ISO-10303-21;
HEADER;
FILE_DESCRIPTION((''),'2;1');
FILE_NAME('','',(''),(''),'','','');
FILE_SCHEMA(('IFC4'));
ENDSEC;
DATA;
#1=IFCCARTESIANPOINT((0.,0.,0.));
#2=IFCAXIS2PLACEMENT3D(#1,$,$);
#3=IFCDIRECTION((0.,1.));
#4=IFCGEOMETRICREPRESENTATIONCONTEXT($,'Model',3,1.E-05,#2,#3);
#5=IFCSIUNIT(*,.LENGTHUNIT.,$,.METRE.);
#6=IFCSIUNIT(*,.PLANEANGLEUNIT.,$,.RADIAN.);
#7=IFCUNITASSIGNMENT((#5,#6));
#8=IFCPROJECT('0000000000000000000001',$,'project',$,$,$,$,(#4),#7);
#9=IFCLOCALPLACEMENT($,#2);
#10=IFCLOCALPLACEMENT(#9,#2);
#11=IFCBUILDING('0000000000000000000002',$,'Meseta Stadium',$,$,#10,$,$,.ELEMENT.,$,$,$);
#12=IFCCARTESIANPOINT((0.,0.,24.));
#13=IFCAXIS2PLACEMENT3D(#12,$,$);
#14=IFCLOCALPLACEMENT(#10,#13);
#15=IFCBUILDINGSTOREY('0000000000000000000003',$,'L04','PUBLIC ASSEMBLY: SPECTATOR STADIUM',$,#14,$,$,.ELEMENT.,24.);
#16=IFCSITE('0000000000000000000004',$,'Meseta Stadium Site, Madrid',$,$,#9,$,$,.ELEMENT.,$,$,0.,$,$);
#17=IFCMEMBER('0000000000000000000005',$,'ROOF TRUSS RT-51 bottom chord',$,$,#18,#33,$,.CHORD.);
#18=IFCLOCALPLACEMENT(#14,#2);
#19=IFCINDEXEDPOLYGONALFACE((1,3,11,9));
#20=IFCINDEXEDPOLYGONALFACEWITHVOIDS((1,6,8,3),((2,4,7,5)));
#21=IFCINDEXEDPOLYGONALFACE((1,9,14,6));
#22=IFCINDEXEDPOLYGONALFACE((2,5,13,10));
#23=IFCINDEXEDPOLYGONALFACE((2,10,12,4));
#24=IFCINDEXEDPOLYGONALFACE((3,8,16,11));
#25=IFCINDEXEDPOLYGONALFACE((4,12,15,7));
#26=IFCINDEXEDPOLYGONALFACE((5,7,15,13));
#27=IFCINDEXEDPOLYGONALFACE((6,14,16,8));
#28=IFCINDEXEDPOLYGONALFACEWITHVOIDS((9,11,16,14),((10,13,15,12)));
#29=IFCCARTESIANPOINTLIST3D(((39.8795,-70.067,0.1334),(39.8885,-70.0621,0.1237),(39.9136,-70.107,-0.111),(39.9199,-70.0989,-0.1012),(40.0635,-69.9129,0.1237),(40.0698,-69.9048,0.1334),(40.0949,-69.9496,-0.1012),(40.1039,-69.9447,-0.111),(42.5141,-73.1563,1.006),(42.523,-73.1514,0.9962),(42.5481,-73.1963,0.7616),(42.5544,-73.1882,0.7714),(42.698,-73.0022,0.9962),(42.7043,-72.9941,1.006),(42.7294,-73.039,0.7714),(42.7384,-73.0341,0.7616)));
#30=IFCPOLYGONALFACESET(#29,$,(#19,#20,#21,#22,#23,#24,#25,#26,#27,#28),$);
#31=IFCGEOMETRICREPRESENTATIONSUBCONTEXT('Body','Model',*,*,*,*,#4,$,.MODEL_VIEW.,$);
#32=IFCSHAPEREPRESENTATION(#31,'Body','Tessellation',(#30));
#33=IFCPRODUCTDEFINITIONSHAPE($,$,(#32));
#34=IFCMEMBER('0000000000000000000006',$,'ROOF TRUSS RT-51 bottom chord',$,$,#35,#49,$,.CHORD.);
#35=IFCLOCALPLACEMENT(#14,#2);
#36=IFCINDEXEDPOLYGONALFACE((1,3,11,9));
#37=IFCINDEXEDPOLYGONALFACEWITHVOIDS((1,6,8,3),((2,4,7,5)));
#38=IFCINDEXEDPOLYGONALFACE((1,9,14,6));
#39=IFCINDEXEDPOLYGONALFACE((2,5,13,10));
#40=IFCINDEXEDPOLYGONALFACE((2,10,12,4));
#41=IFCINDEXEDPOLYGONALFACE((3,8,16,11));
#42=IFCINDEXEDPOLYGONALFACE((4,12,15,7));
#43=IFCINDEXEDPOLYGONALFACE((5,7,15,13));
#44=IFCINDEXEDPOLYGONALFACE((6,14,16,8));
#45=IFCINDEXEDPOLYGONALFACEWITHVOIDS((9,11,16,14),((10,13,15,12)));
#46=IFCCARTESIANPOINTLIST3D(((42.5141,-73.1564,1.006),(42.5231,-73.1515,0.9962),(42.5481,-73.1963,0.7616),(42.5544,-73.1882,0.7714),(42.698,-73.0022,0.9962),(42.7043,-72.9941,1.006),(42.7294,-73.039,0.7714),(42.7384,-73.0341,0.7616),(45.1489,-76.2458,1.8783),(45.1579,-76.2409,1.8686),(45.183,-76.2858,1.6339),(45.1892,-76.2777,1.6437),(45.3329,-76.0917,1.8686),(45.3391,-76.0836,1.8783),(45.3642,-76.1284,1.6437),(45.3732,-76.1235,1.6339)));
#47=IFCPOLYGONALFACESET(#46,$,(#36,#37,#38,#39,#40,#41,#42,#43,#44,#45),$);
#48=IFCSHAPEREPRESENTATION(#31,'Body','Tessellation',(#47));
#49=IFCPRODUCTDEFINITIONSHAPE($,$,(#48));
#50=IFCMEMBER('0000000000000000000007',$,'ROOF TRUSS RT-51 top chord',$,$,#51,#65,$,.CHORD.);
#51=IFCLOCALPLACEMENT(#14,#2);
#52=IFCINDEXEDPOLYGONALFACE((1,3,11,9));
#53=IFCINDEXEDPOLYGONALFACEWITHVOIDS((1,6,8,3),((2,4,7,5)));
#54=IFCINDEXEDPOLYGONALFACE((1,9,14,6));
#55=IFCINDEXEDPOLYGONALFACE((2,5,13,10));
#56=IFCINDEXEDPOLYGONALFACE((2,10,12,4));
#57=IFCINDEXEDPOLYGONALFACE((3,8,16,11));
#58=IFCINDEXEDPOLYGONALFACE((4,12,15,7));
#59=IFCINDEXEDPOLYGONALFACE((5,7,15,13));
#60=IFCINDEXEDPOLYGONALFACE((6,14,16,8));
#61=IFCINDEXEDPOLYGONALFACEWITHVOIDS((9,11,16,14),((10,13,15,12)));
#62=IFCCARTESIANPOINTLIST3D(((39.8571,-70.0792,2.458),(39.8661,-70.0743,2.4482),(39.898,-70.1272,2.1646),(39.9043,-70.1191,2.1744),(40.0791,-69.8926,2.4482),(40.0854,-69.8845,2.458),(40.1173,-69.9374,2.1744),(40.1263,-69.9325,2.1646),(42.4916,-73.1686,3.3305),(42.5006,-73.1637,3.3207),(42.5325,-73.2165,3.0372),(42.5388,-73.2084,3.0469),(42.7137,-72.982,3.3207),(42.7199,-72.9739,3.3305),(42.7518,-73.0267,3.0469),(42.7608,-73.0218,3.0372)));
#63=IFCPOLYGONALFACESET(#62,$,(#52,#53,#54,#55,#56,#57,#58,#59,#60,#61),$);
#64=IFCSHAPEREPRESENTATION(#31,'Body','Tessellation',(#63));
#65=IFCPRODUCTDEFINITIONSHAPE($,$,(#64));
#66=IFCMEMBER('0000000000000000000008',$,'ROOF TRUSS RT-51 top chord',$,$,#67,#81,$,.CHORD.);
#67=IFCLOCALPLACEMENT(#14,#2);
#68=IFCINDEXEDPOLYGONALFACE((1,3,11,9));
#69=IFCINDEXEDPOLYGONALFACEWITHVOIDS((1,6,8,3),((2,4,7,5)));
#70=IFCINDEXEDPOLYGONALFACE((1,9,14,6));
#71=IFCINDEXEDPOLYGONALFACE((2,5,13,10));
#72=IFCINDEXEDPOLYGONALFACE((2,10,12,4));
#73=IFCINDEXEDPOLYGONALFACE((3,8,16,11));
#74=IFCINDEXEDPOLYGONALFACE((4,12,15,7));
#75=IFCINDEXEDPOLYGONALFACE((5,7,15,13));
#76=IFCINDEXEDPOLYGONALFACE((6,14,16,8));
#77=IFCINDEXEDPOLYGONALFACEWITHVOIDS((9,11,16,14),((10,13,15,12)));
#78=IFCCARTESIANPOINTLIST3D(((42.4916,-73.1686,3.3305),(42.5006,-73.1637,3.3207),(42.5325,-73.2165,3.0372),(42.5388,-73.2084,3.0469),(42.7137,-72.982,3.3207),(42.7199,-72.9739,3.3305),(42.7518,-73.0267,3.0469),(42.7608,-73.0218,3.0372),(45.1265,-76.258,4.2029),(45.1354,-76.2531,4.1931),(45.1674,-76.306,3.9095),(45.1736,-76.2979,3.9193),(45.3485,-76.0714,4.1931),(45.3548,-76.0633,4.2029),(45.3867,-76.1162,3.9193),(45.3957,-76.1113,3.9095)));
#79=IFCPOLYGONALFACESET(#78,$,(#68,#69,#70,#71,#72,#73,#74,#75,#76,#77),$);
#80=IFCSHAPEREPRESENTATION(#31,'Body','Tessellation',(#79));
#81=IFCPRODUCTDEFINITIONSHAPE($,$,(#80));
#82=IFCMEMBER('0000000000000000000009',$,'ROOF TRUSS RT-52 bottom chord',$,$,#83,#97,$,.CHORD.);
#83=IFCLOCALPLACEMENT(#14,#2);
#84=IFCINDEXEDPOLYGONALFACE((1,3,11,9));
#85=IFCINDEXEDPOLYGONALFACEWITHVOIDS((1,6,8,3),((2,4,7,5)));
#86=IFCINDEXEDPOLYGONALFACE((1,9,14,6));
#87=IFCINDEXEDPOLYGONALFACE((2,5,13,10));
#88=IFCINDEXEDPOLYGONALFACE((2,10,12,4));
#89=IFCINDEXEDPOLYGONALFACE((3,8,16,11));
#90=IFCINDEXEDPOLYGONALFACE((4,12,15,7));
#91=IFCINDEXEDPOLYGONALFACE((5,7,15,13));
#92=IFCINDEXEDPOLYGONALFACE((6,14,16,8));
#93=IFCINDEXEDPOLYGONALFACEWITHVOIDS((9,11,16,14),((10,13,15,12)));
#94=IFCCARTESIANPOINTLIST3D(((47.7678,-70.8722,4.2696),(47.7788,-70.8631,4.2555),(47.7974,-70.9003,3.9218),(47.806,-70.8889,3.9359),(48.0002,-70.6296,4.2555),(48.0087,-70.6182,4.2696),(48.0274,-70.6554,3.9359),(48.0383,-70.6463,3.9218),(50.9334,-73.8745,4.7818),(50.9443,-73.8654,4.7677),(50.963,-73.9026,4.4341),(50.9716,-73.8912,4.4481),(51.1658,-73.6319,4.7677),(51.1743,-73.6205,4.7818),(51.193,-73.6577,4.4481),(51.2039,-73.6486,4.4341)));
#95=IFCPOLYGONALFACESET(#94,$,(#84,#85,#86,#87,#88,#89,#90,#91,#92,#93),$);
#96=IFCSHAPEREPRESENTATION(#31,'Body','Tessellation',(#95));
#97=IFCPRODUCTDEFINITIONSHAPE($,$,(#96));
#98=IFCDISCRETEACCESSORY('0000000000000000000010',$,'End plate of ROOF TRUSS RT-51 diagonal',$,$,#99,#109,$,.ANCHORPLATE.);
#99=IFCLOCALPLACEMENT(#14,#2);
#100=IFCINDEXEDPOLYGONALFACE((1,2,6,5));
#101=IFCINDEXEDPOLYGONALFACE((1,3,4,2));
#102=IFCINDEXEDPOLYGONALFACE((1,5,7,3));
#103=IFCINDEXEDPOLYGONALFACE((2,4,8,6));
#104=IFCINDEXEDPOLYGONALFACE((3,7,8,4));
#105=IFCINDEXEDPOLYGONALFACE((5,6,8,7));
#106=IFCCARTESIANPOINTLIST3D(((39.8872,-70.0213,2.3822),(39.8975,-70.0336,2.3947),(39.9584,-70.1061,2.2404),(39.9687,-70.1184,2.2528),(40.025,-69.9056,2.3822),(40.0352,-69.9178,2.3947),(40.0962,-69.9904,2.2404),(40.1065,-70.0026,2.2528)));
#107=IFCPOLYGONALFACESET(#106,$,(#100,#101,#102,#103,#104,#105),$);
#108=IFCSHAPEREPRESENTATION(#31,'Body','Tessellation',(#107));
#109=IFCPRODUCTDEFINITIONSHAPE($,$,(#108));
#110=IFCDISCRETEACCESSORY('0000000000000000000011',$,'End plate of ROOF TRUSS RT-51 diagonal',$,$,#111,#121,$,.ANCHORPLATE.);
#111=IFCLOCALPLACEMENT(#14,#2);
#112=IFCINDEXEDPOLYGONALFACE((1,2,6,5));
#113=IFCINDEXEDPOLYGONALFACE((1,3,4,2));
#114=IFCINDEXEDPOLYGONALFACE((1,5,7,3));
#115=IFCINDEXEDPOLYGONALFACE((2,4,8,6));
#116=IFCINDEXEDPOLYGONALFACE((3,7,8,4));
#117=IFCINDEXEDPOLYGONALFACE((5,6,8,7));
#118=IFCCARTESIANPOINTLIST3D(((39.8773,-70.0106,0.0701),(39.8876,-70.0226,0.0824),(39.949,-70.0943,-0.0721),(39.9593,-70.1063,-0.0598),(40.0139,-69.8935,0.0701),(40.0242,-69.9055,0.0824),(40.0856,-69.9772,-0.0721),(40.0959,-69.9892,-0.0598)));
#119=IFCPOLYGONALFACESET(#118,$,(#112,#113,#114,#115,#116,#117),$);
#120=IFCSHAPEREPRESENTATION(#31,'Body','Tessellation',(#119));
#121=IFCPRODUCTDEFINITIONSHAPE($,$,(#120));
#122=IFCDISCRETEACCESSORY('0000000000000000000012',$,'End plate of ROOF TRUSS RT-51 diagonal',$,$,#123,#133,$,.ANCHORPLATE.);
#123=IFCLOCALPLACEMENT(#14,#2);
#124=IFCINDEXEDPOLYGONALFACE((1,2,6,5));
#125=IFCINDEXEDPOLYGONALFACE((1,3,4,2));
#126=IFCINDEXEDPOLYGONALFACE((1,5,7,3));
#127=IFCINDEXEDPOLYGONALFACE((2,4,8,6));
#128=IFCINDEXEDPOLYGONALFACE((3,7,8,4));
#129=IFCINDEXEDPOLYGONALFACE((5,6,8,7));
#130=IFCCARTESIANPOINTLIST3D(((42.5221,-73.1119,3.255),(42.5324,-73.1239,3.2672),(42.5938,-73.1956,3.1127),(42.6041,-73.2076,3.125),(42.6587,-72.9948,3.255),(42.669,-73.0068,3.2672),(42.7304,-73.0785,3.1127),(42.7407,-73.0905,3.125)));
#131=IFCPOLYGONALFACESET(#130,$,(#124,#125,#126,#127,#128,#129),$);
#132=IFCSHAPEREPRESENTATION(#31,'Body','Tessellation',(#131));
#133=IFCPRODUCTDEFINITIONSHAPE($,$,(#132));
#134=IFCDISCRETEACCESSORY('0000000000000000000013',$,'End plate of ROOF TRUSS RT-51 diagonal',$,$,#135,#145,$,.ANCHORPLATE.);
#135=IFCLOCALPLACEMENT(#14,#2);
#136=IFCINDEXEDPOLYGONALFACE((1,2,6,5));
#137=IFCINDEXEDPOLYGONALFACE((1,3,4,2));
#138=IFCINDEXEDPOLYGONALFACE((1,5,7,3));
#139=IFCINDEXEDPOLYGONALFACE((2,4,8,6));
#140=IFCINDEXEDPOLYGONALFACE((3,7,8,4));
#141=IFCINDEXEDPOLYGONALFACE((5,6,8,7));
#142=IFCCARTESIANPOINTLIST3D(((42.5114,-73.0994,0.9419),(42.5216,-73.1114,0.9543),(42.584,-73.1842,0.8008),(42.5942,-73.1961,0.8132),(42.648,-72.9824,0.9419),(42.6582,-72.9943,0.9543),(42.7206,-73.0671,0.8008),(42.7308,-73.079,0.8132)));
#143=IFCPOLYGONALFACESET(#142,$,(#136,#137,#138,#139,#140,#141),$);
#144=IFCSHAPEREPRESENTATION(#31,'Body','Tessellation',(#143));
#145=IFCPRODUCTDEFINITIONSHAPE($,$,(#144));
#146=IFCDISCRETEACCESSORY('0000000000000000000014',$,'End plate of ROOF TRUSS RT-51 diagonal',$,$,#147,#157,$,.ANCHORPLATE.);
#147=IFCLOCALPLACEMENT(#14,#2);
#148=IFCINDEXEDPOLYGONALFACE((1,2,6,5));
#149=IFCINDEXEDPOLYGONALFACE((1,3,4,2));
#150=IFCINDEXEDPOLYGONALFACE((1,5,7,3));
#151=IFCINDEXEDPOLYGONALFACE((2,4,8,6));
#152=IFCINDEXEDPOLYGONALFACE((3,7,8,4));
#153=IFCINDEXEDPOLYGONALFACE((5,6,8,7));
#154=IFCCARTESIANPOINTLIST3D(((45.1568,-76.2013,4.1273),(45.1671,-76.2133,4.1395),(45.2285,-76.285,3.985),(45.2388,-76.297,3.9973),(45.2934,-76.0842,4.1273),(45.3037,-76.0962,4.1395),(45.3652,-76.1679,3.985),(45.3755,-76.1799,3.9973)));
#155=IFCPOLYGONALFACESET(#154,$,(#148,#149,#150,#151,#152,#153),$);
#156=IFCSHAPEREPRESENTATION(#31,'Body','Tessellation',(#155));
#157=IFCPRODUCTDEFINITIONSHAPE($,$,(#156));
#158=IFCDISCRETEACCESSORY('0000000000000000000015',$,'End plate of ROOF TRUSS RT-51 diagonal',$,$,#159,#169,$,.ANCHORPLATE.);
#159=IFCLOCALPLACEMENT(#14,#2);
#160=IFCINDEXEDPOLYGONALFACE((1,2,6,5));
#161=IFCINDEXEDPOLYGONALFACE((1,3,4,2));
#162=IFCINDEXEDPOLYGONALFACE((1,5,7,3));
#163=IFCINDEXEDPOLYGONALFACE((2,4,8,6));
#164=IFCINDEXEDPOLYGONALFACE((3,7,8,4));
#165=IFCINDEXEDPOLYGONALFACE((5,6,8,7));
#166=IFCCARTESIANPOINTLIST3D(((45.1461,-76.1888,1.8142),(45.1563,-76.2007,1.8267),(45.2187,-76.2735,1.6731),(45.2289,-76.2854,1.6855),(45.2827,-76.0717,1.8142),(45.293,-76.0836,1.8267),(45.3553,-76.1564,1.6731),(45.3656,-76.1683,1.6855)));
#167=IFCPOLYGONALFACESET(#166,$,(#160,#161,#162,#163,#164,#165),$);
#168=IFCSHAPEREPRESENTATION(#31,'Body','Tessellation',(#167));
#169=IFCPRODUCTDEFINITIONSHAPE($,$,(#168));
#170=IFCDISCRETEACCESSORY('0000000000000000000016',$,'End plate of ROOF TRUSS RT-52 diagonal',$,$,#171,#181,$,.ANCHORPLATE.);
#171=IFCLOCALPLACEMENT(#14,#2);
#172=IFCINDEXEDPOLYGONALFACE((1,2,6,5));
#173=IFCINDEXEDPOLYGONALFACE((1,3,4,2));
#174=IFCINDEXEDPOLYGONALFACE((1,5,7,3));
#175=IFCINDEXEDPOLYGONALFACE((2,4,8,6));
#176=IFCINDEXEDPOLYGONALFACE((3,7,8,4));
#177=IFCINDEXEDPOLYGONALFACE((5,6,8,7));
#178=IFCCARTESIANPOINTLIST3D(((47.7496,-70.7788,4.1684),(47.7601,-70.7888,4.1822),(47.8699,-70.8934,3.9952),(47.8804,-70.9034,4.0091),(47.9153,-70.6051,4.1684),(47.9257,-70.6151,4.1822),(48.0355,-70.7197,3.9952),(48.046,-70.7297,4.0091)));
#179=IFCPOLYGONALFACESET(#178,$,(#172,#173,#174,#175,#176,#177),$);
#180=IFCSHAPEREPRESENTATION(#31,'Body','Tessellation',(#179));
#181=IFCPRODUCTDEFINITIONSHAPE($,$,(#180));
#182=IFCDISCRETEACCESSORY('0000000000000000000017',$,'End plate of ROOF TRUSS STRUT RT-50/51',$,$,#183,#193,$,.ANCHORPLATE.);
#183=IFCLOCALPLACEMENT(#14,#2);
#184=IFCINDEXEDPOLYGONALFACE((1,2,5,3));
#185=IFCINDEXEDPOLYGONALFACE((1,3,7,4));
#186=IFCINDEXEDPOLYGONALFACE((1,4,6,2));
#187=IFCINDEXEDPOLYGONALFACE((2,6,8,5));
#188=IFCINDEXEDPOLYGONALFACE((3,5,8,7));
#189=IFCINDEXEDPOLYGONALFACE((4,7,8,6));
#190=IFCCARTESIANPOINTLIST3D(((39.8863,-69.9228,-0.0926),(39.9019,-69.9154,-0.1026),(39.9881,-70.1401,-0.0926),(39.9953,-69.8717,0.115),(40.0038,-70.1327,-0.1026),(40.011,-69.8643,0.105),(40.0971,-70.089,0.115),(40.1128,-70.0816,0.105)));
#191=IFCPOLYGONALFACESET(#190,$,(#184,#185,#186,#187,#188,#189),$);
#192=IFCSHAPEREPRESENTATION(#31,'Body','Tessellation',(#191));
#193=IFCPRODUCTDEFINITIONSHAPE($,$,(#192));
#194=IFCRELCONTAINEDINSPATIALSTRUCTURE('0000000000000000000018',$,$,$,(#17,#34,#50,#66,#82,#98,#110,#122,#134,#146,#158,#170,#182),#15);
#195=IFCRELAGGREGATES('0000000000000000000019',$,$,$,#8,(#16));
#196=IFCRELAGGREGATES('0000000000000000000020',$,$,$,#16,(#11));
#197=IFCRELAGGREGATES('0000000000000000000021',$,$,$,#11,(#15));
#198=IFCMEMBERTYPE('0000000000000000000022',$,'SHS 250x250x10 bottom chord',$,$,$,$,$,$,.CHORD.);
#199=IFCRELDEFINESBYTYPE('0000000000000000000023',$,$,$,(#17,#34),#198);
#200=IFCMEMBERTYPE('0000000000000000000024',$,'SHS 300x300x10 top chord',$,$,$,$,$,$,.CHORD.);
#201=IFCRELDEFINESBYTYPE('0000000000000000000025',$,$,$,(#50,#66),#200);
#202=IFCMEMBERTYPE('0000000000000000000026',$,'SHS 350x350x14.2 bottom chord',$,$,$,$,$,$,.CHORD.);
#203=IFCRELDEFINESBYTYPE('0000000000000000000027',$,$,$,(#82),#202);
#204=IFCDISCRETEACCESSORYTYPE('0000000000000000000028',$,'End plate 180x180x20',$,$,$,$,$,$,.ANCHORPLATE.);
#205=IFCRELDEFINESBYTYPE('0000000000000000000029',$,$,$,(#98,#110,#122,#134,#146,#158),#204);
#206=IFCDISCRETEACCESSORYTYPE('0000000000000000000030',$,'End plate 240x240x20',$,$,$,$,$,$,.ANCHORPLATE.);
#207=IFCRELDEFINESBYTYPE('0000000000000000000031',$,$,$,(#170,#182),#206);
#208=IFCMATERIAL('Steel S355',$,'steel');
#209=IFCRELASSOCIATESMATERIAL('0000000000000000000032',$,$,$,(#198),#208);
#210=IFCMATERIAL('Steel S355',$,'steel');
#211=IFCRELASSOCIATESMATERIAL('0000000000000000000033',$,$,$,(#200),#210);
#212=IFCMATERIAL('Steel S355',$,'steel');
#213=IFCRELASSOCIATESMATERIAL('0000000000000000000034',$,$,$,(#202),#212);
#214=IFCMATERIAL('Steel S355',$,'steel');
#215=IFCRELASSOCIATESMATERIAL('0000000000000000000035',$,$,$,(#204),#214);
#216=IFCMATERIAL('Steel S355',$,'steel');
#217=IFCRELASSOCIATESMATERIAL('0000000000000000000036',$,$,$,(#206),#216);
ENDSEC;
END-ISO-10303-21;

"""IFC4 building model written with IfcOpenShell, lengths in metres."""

from ifc_helpers import new_model, si_unit, direction, frame, origin, origin_2d, place, context, subcontext, project, spatial, rectangle, hollow_rectangle, extrude, material, material_profile, profile_set, type_object, element, save


model = new_model("IFC4")

# Units and contexts
model_context = context("Model", 3, precision=1e-05, world=origin(), true_north=direction((0.0, 1.0)))
body_context = subcontext(model_context, "Body", "Model", "MODEL_VIEW")
ifc_project = project(units=[si_unit("LENGTHUNIT", "METRE"), si_unit("PLANEANGLEUNIT", "RADIAN")], contexts=[model_context])

# Site, building, storey
site_placement = place(None, origin())
site = spatial("IfcSite", under=ifc_project, at=site_placement, Name="Meseta Stadium Site, Madrid", CompositionType="ELEMENT", RefElevation=0.0)
building_placement = place(site_placement, origin())
building = spatial("IfcBuilding", under=site, at=building_placement, Name="Meseta Stadium", CompositionType="ELEMENT")
storey_placement = place(building_placement, frame((0.0, 0.0, 24.0)))
storey = spatial("IfcBuildingStorey", under=building, at=storey_placement, Name="L04", Description="PUBLIC ASSEMBLY: SPECTATOR STADIUM", CompositionType="ELEMENT", Elevation=24.0)

# Members
ifc_material_1 = material(Name="Steel S355", Category="steel")
ifc_material_profile_1 = material_profile(ifc_material_1, hollow_rectangle(XDim=0.25, YDim=0.25, WallThickness=0.01, at=origin_2d()), Name="SHS 250x250x10")
ifc_profile_set_1 = profile_set([ifc_material_profile_1], Name="Steel S355")
member_type_1 = type_object("IfcMemberType", Name="SHS 250x250x10 bottom chord", PredefinedType="CHORD", material=ifc_profile_set_1)
member_1_placement = place(storey_placement, frame((39.9917, -70.0059, 0.0112), z_axis=(0.634388, -0.743912, 0.210111), x_axis=(0.760897, 0.648873, 0.0)))
element("IfcMember", 1, at=member_1_placement, inside=storey, type_object=member_type_1, Name="ROOF TRUSS RT-51 bottom chord", PredefinedType="CHORD", context=body_context, shape_type="SweptSolid", body=[
    extrude(hollow_rectangle(XDim=0.25, YDim=0.25, WallThickness=0.01, at=origin_2d()), origin(), (0.0, 0.0, 1.0), 4.1528),
])
member_2_placement = place(storey_placement, frame((42.6262, -73.0952, 0.8838), z_axis=(0.634431, -0.743893, 0.210047), x_axis=(0.760867, 0.648908, 0.0)))
element("IfcMember", 2, at=member_2_placement, inside=storey, type_object=member_type_1, Name="ROOF TRUSS RT-51 bottom chord", PredefinedType="CHORD", context=body_context, shape_type="SweptSolid", body=[
    extrude(hollow_rectangle(XDim=0.25, YDim=0.25, WallThickness=0.01, at=origin_2d()), origin(), (0.0, 0.0, 1.0), 4.1531),
])
ifc_material_2 = material(Name="Steel S355", Category="steel")
ifc_material_profile_2 = material_profile(ifc_material_2, hollow_rectangle(XDim=0.3, YDim=0.3, WallThickness=0.01, at=origin_2d()), Name="SHS 300x300x10")
ifc_profile_set_2 = profile_set([ifc_material_profile_2], Name="Steel S355")
member_type_2 = type_object("IfcMemberType", Name="SHS 300x300x10 top chord", PredefinedType="CHORD", material=ifc_profile_set_2)
member_3_placement = place(storey_placement, frame((39.9917, -70.0059, 2.3113), z_axis=(0.634388, -0.743912, 0.210111), x_axis=(0.760897, 0.648873, 0.0)))
element("IfcMember", 3, at=member_3_placement, inside=storey, type_object=member_type_2, Name="ROOF TRUSS RT-51 top chord", PredefinedType="CHORD", context=body_context, shape_type="SweptSolid", body=[
    extrude(hollow_rectangle(XDim=0.3, YDim=0.3, WallThickness=0.01, at=origin_2d()), origin(), (0.0, 0.0, 1.0), 4.1528),
])
member_4_placement = place(storey_placement, frame((42.6262, -73.0952, 3.1838), z_axis=(0.634431, -0.743893, 0.210047), x_axis=(0.760867, 0.648908, 0.0)))
element("IfcMember", 4, at=member_4_placement, inside=storey, type_object=member_type_2, Name="ROOF TRUSS RT-51 top chord", PredefinedType="CHORD", context=body_context, shape_type="SweptSolid", body=[
    extrude(hollow_rectangle(XDim=0.3, YDim=0.3, WallThickness=0.01, at=origin_2d()), origin(), (0.0, 0.0, 1.0), 4.1531),
])
ifc_material_3 = material(Name="Steel S355", Category="steel")
ifc_material_profile_3 = material_profile(ifc_material_3, hollow_rectangle(XDim=0.3501, YDim=0.3501, WallThickness=0.0142, at=origin_2d()), Name="SHS 350x350x14.2")
ifc_profile_set_3 = profile_set([ifc_material_profile_3], Name="Steel S355")
member_type_3 = type_object("IfcMemberType", Name="SHS 350x350x14.2 bottom chord", PredefinedType="CHORD", material=ifc_profile_set_3)
member_5_placement = place(storey_placement, frame((47.9031, -70.7593, 4.0957), z_axis=(0.720628, -0.683446, 0.116603), x_axis=(0.68814, 0.725578, 0.0)))
element("IfcMember", 5, at=member_5_placement, inside=storey, type_object=member_type_3, Name="ROOF TRUSS RT-52 bottom chord", PredefinedType="CHORD", context=body_context, shape_type="SweptSolid", body=[
    extrude(hollow_rectangle(XDim=0.3501, YDim=0.3501, WallThickness=0.0142, at=origin_2d()), origin(), (0.0, 0.0, 1.0), 4.3928),
])

# Discrete accessories
ifc_material_4 = material(Name="Steel S355", Category="steel")
ifc_material_profile_4 = material_profile(ifc_material_4, rectangle(XDim=0.1799, YDim=0.1799, at=origin_2d()), Name="PL 180x180")
ifc_profile_set_4 = profile_set([ifc_material_profile_4], Name="Steel S355")
discrete_accessory_type_1 = type_object("IfcDiscreteAccessoryType", Name="End plate 180x180x20", PredefinedType="ANCHORPLATE", material=ifc_profile_set_4)
discrete_accessory_1_placement = place(storey_placement, frame((39.9917, -70.0059, 2.3113), z_axis=(0.506908, -0.603462, 0.615531), x_axis=(0.765705, 0.643192, 0.0)))
element("IfcDiscreteAccessory", 6, at=discrete_accessory_1_placement, inside=storey, type_object=discrete_accessory_type_1, Name="End plate of ROOF TRUSS RT-51 diagonal", PredefinedType="ANCHORPLATE", context=body_context, shape_type="SweptSolid", body=[
    extrude(rectangle(XDim=0.1799, YDim=0.1799, at=origin_2d()), origin(), (0.0, 0.0, 1.0), 0.0203),
])
for number, where, z_axis, x_axis, name in (
    (7, (39.9814, -69.9939, -0.001), (0.514457, -0.6002, 0.612449), (0.759257, 0.650791, 0.0), "End plate of ROOF TRUSS RT-51 diagonal"),
    (8, (42.6262, -73.0952, 3.1838), (0.514457, -0.6002, 0.612449), (0.759257, 0.650791, 0.0), "End plate of ROOF TRUSS RT-51 diagonal"),
    (9, (42.616, -73.0833, 0.8713), (0.510603, -0.595703, 0.620018), (0.759257, 0.650791, 0.0), "End plate of ROOF TRUSS RT-51 diagonal"),
    (10, (45.261, -76.1846, 4.0562), (0.514457, -0.6002, 0.612449), (0.759257, 0.650791, 0.0), "End plate of ROOF TRUSS RT-51 diagonal"),
    (11, (45.2507, -76.1726, 1.7437), (0.510603, -0.595703, 0.620018), (0.759257, 0.650791, 0.0), "End plate of ROOF TRUSS RT-51 diagonal"),
):
    element("IfcDiscreteAccessory", number, at=place(storey_placement, frame(where, z_axis=z_axis, x_axis=x_axis)), inside=storey, type_object=discrete_accessory_type_1, Name=name, PredefinedType="ANCHORPLATE", context=body_context, shape_type="SweptSolid", body=[
        extrude(rectangle(XDim=0.1799, YDim=0.1799, at=origin_2d()), origin(), (0.0, 0.0, 1.0), 0.02),
    ])
ifc_material_5 = material(Name="Steel S355", Category="steel")
ifc_material_profile_5 = material_profile(ifc_material_5, rectangle(XDim=0.24, YDim=0.24, at=origin_2d()), Name="PL 240x240")
ifc_profile_set_5 = profile_set([ifc_material_profile_5], Name="Steel S355")
discrete_accessory_type_2 = type_object("IfcDiscreteAccessoryType", Name="End plate 240x240x20", PredefinedType="ANCHORPLATE", material=ifc_profile_set_5)
for number, where, z_axis, x_axis, name in (
    (12, (47.8926, -70.7493, 4.0818), (0.522259, -0.497968, 0.692296), (0.690075, 0.723738, 0.0), "End plate of ROOF TRUSS RT-52 diagonal"),
    (13, (39.9917, -70.0059, 0.0112), (0.78323, 0.367139, -0.501757), (-0.424434, 0.905459, 0.0), "End plate of ROOF TRUSS STRUT RT-50/51"),
):
    element("IfcDiscreteAccessory", number, at=place(storey_placement, frame(where, z_axis=z_axis, x_axis=x_axis)), inside=storey, type_object=discrete_accessory_type_2, Name=name, PredefinedType="ANCHORPLATE", context=body_context, shape_type="SweptSolid", body=[
        extrude(rectangle(XDim=0.24, YDim=0.24, at=origin_2d()), origin(), (0.0, 0.0, 1.0), 0.02),
    ])

save(model, "model.ifc")
